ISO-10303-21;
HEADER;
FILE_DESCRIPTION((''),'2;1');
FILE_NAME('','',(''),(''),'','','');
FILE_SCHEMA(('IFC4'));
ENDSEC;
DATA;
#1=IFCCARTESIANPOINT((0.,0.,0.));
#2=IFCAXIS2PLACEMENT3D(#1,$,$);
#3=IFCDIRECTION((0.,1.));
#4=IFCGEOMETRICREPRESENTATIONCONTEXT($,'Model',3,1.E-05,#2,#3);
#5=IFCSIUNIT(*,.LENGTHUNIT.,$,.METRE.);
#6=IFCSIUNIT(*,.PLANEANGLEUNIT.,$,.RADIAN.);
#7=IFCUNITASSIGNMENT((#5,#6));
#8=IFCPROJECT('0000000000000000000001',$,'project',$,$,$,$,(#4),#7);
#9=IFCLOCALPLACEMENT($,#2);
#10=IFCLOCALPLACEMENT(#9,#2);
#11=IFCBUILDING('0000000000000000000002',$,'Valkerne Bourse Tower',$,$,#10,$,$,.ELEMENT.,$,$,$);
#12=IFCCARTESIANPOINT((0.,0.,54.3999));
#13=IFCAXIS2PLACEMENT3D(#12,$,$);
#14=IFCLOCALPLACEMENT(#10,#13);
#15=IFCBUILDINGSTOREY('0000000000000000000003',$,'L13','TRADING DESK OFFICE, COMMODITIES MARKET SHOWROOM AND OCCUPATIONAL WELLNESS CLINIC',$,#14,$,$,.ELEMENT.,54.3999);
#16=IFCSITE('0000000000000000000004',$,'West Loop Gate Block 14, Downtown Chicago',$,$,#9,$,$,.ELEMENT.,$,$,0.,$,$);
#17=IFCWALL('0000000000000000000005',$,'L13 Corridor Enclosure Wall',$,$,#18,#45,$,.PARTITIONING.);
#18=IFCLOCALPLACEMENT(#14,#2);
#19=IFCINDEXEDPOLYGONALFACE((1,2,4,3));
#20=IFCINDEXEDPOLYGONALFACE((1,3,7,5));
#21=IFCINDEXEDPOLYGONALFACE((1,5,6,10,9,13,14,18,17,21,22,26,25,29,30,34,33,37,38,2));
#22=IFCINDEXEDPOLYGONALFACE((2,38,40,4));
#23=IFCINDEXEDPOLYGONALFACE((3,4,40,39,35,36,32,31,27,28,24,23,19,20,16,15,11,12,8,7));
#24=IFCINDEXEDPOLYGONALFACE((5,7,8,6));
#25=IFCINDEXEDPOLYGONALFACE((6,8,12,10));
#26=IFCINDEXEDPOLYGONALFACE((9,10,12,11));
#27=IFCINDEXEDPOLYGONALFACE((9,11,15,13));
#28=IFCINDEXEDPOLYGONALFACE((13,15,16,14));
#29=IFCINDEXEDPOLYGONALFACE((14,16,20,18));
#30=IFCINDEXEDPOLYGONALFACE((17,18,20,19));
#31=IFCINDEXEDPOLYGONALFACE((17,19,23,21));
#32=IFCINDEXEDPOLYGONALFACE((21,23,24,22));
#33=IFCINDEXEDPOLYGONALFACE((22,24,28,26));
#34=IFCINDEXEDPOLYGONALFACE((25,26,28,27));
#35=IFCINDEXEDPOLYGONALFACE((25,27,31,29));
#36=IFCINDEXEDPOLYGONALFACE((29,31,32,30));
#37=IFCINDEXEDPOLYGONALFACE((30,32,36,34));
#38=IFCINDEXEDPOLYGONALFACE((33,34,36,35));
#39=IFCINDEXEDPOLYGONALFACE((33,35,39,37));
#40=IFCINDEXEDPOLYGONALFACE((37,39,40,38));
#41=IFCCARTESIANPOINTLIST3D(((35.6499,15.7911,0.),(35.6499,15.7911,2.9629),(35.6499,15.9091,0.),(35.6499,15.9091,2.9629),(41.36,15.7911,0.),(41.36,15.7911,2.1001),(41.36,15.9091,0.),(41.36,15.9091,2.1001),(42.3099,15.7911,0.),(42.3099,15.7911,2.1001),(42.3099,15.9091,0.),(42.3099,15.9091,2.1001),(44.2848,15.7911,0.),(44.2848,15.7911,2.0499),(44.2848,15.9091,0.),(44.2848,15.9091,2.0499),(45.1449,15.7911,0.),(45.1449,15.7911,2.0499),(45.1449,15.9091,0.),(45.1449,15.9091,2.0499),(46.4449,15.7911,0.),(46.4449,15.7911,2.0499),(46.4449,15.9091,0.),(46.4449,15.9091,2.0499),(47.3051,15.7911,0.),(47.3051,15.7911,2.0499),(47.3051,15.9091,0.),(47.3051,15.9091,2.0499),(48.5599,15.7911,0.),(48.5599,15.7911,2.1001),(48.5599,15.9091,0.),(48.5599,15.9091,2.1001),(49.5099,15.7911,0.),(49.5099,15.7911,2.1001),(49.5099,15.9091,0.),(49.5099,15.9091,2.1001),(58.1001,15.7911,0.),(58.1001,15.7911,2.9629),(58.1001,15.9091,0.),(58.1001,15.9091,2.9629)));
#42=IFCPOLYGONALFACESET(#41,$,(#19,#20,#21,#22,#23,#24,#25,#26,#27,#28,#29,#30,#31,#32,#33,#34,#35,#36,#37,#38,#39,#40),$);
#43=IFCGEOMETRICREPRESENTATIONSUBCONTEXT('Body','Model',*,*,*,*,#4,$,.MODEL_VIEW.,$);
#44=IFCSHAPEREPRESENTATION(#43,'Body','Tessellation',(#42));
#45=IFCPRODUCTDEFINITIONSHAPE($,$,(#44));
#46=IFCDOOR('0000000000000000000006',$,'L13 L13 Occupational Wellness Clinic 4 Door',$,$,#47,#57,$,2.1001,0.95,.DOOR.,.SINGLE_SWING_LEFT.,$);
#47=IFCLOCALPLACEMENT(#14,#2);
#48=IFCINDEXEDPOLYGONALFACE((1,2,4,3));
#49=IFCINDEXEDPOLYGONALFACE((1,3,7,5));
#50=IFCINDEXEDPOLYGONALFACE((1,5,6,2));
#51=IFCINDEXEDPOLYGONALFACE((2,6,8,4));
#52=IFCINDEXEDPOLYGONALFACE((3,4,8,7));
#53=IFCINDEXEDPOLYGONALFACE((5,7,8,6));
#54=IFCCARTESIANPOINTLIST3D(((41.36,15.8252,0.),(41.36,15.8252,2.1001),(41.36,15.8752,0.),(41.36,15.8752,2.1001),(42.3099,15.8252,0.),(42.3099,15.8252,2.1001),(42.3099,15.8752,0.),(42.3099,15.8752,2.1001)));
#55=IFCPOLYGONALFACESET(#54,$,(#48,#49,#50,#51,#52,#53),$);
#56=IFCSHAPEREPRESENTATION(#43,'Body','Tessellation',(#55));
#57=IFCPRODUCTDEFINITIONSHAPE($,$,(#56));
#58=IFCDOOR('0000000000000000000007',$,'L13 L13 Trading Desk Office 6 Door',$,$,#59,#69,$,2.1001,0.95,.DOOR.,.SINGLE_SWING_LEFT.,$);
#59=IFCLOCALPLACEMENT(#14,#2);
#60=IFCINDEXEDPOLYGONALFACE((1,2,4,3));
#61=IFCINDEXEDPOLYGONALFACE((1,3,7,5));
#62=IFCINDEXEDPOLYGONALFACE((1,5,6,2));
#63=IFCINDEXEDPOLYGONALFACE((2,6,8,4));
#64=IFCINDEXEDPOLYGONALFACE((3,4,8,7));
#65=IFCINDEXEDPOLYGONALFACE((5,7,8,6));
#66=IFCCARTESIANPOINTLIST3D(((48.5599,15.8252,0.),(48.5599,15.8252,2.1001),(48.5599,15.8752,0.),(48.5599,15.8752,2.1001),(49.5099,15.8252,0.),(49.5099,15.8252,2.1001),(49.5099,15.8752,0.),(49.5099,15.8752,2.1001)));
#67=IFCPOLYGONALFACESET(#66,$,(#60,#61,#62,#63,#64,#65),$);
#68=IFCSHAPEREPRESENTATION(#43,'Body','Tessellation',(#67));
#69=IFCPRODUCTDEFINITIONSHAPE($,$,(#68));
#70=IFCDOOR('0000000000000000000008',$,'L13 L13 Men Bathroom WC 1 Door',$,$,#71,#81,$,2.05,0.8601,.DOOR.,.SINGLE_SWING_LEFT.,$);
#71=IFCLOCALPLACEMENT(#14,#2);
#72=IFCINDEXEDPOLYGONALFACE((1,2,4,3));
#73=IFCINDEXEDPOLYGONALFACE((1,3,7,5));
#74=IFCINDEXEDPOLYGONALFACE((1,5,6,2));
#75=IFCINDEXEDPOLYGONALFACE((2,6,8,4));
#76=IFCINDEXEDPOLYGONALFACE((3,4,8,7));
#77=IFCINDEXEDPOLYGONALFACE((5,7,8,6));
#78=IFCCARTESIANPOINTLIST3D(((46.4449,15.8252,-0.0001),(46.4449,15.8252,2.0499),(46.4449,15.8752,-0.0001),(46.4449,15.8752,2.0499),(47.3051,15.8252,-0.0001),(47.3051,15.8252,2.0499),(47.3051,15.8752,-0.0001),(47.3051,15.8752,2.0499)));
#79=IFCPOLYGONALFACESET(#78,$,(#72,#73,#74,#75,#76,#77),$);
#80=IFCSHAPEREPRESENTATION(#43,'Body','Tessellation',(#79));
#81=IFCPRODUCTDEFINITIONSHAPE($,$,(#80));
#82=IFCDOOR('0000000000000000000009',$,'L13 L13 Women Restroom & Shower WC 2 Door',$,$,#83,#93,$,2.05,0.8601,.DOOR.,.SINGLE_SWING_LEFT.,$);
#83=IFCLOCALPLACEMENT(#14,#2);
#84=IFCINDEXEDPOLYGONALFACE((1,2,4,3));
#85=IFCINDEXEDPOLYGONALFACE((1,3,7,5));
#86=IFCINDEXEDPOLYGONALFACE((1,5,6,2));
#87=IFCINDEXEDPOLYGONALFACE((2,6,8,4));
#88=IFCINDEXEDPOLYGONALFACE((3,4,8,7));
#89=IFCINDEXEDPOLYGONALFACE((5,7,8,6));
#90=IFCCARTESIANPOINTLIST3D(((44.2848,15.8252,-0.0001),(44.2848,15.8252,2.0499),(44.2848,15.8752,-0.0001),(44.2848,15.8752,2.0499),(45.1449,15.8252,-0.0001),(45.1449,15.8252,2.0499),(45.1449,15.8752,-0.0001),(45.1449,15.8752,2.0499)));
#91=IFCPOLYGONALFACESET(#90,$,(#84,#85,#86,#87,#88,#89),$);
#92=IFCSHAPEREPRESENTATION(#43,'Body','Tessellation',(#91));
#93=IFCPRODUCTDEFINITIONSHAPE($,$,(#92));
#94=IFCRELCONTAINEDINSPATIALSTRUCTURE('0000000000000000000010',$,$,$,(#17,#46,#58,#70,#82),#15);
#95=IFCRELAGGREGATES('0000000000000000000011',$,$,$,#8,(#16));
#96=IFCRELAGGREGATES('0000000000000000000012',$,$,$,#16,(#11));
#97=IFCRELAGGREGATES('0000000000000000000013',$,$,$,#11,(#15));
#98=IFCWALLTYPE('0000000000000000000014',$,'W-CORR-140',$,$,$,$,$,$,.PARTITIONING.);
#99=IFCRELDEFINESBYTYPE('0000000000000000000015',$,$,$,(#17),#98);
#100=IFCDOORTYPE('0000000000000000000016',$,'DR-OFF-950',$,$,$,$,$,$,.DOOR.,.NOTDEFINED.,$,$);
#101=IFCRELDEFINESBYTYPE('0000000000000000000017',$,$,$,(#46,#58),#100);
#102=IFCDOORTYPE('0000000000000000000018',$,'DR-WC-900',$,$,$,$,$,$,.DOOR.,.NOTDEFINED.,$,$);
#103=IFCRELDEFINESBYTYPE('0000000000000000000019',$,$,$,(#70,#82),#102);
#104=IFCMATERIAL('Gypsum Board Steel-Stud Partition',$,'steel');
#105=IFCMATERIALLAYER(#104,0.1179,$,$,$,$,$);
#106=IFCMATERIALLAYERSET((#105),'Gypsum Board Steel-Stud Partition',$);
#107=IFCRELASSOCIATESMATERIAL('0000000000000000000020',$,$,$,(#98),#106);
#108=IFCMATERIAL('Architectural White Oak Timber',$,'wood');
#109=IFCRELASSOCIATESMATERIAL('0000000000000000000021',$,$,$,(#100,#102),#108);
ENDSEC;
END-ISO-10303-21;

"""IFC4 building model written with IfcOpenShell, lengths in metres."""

from ifc_helpers import new_model, si_unit, direction, frame, frame_2d, origin, place, context, subcontext, project, spatial, rectangle, extrude, material, layer, layer_set, type_object, element, fill, save


model = new_model("IFC4")

# Units and contexts
model_context = context("Model", 3, precision=1e-05, world=origin(), true_north=direction((0.0, 1.0)))
body_context = subcontext(model_context, "Body", "Model", "MODEL_VIEW")
ifc_project = project(units=[si_unit("LENGTHUNIT", "METRE"), si_unit("PLANEANGLEUNIT", "RADIAN")], contexts=[model_context])

# Site, building, storey
site_placement = place(None, origin())
site = spatial("IfcSite", under=ifc_project, at=site_placement, Name="West Loop Gate Block 14, Downtown Chicago", CompositionType="ELEMENT", RefElevation=0.0)
building_placement = place(site_placement, origin())
building = spatial("IfcBuilding", under=site, at=building_placement, Name="Valkerne Bourse Tower", CompositionType="ELEMENT")
storey_placement = place(building_placement, frame((0.0, 0.0, 54.3999)))
storey = spatial("IfcBuildingStorey", under=building, at=storey_placement, Name="L13", Description="TRADING DESK OFFICE, COMMODITIES MARKET SHOWROOM AND OCCUPATIONAL WELLNESS CLINIC", CompositionType="ELEMENT", Elevation=54.3999)

# Wall, openings, doors
ifc_material_1 = material(Name="Gypsum Board Steel-Stud Partition", Category="steel")
ifc_layer_1 = layer(ifc_material_1, 0.1179)
ifc_layer_set_1 = layer_set([ifc_layer_1], Name="Gypsum Board Steel-Stud Partition")
wall_type = type_object("IfcWallType", Name="W-CORR-140", PredefinedType="PARTITIONING", material=ifc_layer_set_1)
wall_placement = place(storey_placement, frame((58.1001, 15.8501, 0.0), z_axis=(0.0, 0.0, 1.0), x_axis=(-1.0, 0.0, 0.0)))
wall = element("IfcWall", 1, at=wall_placement, inside=storey, type_object=wall_type, Name="L13 Corridor Enclosure Wall", PredefinedType="PARTITIONING", context=body_context, shape_type="SweptSolid", body=[
    extrude(rectangle(XDim=22.4502, YDim=0.1179, at=frame_2d((11.2251, 0.0))), origin(), (0.0, 0.0, 1.0), 2.9629),
])
opening_1_placement = place(wall_placement, frame((10.7949, 0.0, 0.0)))
opening_1 = element("IfcOpeningElement", 2, at=opening_1_placement, cuts=wall, PredefinedType="OPENING", context=body_context, shape_type="SweptSolid", body=[
    extrude(rectangle(XDim=0.8601, YDim=2.05, at=frame_2d((0.4302, 1.0249))), frame((0.0, 0.0688, 0.0), z_axis=(0.0, -1.0, 0.0), x_axis=(1.0, 0.0, 0.0)), (0.0, 0.0, 1.0), 0.1379),
])
opening_2_placement = place(wall_placement, frame((12.9551, 0.0, 0.0)))
opening_2 = element("IfcOpeningElement", 3, at=opening_2_placement, cuts=wall, PredefinedType="OPENING", context=body_context, shape_type="SweptSolid", body=[
    extrude(rectangle(XDim=0.8601, YDim=2.05, at=frame_2d((0.4302, 1.0249))), frame((0.0, 0.0688, 0.0), z_axis=(0.0, -1.0, 0.0), x_axis=(1.0, 0.0, 0.0)), (0.0, 0.0, 1.0), 0.1379),
])
opening_3_placement = place(wall_placement, frame((15.79, 0.0, 0.0)))
opening_3 = element("IfcOpeningElement", 4, at=opening_3_placement, cuts=wall, PredefinedType="OPENING", context=body_context, shape_type="SweptSolid", body=[
    extrude(rectangle(XDim=0.95, YDim=2.1001, at=frame_2d((0.4751, 1.05))), frame((0.0, 0.0688, 0.0), z_axis=(0.0, -1.0, 0.0), x_axis=(1.0, 0.0, 0.0)), (0.0, 0.0, 1.0), 0.1379),
])
opening_4_placement = place(wall_placement, frame((8.5901, 0.0, 0.0)))
opening_4 = element("IfcOpeningElement", 5, at=opening_4_placement, cuts=wall, PredefinedType="OPENING", context=body_context, shape_type="SweptSolid", body=[
    extrude(rectangle(XDim=0.95, YDim=2.1001, at=frame_2d((0.4751, 1.05))), frame((0.0, 0.0688, 0.0), z_axis=(0.0, -1.0, 0.0), x_axis=(1.0, 0.0, 0.0)), (0.0, 0.0, 1.0), 0.1379),
])
ifc_material_2 = material(Name="Architectural White Oak Timber", Category="wood")
door_type_1 = type_object("IfcDoorType", Name="DR-OFF-950", OperationType="NOTDEFINED", PredefinedType="DOOR", material=ifc_material_2)
door_1_placement = place(opening_3_placement, origin())
door_1 = element("IfcDoor", 6, at=door_1_placement, inside=storey, type_object=door_type_1, Name="L13 L13 Occupational Wellness Clinic 4 Door", OperationType="SINGLE_SWING_LEFT", OverallHeight=2.1001, OverallWidth=0.95, PredefinedType="DOOR", context=body_context, shape_type="SweptSolid", body=[
    extrude(rectangle(XDim=0.95, YDim=2.1001, at=frame_2d((0.4751, 1.05))), frame((0.0, 0.0249, 0.0), z_axis=(0.0, -1.0, 0.0), x_axis=(1.0, 0.0, 0.0)), (0.0, 0.0, 1.0), 0.05),
])
fill(opening_3, door_1)
door_2_placement = place(opening_4_placement, origin())
door_2 = element("IfcDoor", 7, at=door_2_placement, inside=storey, type_object=door_type_1, Name="L13 L13 Trading Desk Office 6 Door", OperationType="SINGLE_SWING_LEFT", OverallHeight=2.1001, OverallWidth=0.95, PredefinedType="DOOR", context=body_context, shape_type="SweptSolid", body=[
    extrude(rectangle(XDim=0.95, YDim=2.1001, at=frame_2d((0.4751, 1.05))), frame((0.0, 0.0249, 0.0), z_axis=(0.0, -1.0, 0.0), x_axis=(1.0, 0.0, 0.0)), (0.0, 0.0, 1.0), 0.05),
])
fill(opening_4, door_2)
door_type_2 = type_object("IfcDoorType", Name="DR-WC-900", OperationType="NOTDEFINED", PredefinedType="DOOR", material=ifc_material_2)
door_3_placement = place(opening_1_placement, origin())
door_3 = element("IfcDoor", 8, at=door_3_placement, inside=storey, type_object=door_type_2, Name="L13 L13 Men Bathroom WC 1 Door", OperationType="SINGLE_SWING_LEFT", OverallHeight=2.05, OverallWidth=0.8601, PredefinedType="DOOR", context=body_context, shape_type="SweptSolid", body=[
    extrude(rectangle(XDim=0.8601, YDim=2.05, at=frame_2d((0.4302, 1.0249))), frame((0.0, 0.0249, 0.0), z_axis=(0.0, -1.0, 0.0), x_axis=(1.0, 0.0, 0.0)), (0.0, 0.0, 1.0), 0.05),
])
fill(opening_1, door_3)
door_4_placement = place(opening_2_placement, origin())
door_4 = element("IfcDoor", 9, at=door_4_placement, inside=storey, type_object=door_type_2, Name="L13 L13 Women Restroom & Shower WC 2 Door", OperationType="SINGLE_SWING_LEFT", OverallHeight=2.05, OverallWidth=0.8601, PredefinedType="DOOR", context=body_context, shape_type="SweptSolid", body=[
    extrude(rectangle(XDim=0.8601, YDim=2.05, at=frame_2d((0.4302, 1.0249))), frame((0.0, 0.0249, 0.0), z_axis=(0.0, -1.0, 0.0), x_axis=(1.0, 0.0, 0.0)), (0.0, 0.0, 1.0), 0.05),
])
fill(opening_2, door_4)

save(model, "model.ifc")
